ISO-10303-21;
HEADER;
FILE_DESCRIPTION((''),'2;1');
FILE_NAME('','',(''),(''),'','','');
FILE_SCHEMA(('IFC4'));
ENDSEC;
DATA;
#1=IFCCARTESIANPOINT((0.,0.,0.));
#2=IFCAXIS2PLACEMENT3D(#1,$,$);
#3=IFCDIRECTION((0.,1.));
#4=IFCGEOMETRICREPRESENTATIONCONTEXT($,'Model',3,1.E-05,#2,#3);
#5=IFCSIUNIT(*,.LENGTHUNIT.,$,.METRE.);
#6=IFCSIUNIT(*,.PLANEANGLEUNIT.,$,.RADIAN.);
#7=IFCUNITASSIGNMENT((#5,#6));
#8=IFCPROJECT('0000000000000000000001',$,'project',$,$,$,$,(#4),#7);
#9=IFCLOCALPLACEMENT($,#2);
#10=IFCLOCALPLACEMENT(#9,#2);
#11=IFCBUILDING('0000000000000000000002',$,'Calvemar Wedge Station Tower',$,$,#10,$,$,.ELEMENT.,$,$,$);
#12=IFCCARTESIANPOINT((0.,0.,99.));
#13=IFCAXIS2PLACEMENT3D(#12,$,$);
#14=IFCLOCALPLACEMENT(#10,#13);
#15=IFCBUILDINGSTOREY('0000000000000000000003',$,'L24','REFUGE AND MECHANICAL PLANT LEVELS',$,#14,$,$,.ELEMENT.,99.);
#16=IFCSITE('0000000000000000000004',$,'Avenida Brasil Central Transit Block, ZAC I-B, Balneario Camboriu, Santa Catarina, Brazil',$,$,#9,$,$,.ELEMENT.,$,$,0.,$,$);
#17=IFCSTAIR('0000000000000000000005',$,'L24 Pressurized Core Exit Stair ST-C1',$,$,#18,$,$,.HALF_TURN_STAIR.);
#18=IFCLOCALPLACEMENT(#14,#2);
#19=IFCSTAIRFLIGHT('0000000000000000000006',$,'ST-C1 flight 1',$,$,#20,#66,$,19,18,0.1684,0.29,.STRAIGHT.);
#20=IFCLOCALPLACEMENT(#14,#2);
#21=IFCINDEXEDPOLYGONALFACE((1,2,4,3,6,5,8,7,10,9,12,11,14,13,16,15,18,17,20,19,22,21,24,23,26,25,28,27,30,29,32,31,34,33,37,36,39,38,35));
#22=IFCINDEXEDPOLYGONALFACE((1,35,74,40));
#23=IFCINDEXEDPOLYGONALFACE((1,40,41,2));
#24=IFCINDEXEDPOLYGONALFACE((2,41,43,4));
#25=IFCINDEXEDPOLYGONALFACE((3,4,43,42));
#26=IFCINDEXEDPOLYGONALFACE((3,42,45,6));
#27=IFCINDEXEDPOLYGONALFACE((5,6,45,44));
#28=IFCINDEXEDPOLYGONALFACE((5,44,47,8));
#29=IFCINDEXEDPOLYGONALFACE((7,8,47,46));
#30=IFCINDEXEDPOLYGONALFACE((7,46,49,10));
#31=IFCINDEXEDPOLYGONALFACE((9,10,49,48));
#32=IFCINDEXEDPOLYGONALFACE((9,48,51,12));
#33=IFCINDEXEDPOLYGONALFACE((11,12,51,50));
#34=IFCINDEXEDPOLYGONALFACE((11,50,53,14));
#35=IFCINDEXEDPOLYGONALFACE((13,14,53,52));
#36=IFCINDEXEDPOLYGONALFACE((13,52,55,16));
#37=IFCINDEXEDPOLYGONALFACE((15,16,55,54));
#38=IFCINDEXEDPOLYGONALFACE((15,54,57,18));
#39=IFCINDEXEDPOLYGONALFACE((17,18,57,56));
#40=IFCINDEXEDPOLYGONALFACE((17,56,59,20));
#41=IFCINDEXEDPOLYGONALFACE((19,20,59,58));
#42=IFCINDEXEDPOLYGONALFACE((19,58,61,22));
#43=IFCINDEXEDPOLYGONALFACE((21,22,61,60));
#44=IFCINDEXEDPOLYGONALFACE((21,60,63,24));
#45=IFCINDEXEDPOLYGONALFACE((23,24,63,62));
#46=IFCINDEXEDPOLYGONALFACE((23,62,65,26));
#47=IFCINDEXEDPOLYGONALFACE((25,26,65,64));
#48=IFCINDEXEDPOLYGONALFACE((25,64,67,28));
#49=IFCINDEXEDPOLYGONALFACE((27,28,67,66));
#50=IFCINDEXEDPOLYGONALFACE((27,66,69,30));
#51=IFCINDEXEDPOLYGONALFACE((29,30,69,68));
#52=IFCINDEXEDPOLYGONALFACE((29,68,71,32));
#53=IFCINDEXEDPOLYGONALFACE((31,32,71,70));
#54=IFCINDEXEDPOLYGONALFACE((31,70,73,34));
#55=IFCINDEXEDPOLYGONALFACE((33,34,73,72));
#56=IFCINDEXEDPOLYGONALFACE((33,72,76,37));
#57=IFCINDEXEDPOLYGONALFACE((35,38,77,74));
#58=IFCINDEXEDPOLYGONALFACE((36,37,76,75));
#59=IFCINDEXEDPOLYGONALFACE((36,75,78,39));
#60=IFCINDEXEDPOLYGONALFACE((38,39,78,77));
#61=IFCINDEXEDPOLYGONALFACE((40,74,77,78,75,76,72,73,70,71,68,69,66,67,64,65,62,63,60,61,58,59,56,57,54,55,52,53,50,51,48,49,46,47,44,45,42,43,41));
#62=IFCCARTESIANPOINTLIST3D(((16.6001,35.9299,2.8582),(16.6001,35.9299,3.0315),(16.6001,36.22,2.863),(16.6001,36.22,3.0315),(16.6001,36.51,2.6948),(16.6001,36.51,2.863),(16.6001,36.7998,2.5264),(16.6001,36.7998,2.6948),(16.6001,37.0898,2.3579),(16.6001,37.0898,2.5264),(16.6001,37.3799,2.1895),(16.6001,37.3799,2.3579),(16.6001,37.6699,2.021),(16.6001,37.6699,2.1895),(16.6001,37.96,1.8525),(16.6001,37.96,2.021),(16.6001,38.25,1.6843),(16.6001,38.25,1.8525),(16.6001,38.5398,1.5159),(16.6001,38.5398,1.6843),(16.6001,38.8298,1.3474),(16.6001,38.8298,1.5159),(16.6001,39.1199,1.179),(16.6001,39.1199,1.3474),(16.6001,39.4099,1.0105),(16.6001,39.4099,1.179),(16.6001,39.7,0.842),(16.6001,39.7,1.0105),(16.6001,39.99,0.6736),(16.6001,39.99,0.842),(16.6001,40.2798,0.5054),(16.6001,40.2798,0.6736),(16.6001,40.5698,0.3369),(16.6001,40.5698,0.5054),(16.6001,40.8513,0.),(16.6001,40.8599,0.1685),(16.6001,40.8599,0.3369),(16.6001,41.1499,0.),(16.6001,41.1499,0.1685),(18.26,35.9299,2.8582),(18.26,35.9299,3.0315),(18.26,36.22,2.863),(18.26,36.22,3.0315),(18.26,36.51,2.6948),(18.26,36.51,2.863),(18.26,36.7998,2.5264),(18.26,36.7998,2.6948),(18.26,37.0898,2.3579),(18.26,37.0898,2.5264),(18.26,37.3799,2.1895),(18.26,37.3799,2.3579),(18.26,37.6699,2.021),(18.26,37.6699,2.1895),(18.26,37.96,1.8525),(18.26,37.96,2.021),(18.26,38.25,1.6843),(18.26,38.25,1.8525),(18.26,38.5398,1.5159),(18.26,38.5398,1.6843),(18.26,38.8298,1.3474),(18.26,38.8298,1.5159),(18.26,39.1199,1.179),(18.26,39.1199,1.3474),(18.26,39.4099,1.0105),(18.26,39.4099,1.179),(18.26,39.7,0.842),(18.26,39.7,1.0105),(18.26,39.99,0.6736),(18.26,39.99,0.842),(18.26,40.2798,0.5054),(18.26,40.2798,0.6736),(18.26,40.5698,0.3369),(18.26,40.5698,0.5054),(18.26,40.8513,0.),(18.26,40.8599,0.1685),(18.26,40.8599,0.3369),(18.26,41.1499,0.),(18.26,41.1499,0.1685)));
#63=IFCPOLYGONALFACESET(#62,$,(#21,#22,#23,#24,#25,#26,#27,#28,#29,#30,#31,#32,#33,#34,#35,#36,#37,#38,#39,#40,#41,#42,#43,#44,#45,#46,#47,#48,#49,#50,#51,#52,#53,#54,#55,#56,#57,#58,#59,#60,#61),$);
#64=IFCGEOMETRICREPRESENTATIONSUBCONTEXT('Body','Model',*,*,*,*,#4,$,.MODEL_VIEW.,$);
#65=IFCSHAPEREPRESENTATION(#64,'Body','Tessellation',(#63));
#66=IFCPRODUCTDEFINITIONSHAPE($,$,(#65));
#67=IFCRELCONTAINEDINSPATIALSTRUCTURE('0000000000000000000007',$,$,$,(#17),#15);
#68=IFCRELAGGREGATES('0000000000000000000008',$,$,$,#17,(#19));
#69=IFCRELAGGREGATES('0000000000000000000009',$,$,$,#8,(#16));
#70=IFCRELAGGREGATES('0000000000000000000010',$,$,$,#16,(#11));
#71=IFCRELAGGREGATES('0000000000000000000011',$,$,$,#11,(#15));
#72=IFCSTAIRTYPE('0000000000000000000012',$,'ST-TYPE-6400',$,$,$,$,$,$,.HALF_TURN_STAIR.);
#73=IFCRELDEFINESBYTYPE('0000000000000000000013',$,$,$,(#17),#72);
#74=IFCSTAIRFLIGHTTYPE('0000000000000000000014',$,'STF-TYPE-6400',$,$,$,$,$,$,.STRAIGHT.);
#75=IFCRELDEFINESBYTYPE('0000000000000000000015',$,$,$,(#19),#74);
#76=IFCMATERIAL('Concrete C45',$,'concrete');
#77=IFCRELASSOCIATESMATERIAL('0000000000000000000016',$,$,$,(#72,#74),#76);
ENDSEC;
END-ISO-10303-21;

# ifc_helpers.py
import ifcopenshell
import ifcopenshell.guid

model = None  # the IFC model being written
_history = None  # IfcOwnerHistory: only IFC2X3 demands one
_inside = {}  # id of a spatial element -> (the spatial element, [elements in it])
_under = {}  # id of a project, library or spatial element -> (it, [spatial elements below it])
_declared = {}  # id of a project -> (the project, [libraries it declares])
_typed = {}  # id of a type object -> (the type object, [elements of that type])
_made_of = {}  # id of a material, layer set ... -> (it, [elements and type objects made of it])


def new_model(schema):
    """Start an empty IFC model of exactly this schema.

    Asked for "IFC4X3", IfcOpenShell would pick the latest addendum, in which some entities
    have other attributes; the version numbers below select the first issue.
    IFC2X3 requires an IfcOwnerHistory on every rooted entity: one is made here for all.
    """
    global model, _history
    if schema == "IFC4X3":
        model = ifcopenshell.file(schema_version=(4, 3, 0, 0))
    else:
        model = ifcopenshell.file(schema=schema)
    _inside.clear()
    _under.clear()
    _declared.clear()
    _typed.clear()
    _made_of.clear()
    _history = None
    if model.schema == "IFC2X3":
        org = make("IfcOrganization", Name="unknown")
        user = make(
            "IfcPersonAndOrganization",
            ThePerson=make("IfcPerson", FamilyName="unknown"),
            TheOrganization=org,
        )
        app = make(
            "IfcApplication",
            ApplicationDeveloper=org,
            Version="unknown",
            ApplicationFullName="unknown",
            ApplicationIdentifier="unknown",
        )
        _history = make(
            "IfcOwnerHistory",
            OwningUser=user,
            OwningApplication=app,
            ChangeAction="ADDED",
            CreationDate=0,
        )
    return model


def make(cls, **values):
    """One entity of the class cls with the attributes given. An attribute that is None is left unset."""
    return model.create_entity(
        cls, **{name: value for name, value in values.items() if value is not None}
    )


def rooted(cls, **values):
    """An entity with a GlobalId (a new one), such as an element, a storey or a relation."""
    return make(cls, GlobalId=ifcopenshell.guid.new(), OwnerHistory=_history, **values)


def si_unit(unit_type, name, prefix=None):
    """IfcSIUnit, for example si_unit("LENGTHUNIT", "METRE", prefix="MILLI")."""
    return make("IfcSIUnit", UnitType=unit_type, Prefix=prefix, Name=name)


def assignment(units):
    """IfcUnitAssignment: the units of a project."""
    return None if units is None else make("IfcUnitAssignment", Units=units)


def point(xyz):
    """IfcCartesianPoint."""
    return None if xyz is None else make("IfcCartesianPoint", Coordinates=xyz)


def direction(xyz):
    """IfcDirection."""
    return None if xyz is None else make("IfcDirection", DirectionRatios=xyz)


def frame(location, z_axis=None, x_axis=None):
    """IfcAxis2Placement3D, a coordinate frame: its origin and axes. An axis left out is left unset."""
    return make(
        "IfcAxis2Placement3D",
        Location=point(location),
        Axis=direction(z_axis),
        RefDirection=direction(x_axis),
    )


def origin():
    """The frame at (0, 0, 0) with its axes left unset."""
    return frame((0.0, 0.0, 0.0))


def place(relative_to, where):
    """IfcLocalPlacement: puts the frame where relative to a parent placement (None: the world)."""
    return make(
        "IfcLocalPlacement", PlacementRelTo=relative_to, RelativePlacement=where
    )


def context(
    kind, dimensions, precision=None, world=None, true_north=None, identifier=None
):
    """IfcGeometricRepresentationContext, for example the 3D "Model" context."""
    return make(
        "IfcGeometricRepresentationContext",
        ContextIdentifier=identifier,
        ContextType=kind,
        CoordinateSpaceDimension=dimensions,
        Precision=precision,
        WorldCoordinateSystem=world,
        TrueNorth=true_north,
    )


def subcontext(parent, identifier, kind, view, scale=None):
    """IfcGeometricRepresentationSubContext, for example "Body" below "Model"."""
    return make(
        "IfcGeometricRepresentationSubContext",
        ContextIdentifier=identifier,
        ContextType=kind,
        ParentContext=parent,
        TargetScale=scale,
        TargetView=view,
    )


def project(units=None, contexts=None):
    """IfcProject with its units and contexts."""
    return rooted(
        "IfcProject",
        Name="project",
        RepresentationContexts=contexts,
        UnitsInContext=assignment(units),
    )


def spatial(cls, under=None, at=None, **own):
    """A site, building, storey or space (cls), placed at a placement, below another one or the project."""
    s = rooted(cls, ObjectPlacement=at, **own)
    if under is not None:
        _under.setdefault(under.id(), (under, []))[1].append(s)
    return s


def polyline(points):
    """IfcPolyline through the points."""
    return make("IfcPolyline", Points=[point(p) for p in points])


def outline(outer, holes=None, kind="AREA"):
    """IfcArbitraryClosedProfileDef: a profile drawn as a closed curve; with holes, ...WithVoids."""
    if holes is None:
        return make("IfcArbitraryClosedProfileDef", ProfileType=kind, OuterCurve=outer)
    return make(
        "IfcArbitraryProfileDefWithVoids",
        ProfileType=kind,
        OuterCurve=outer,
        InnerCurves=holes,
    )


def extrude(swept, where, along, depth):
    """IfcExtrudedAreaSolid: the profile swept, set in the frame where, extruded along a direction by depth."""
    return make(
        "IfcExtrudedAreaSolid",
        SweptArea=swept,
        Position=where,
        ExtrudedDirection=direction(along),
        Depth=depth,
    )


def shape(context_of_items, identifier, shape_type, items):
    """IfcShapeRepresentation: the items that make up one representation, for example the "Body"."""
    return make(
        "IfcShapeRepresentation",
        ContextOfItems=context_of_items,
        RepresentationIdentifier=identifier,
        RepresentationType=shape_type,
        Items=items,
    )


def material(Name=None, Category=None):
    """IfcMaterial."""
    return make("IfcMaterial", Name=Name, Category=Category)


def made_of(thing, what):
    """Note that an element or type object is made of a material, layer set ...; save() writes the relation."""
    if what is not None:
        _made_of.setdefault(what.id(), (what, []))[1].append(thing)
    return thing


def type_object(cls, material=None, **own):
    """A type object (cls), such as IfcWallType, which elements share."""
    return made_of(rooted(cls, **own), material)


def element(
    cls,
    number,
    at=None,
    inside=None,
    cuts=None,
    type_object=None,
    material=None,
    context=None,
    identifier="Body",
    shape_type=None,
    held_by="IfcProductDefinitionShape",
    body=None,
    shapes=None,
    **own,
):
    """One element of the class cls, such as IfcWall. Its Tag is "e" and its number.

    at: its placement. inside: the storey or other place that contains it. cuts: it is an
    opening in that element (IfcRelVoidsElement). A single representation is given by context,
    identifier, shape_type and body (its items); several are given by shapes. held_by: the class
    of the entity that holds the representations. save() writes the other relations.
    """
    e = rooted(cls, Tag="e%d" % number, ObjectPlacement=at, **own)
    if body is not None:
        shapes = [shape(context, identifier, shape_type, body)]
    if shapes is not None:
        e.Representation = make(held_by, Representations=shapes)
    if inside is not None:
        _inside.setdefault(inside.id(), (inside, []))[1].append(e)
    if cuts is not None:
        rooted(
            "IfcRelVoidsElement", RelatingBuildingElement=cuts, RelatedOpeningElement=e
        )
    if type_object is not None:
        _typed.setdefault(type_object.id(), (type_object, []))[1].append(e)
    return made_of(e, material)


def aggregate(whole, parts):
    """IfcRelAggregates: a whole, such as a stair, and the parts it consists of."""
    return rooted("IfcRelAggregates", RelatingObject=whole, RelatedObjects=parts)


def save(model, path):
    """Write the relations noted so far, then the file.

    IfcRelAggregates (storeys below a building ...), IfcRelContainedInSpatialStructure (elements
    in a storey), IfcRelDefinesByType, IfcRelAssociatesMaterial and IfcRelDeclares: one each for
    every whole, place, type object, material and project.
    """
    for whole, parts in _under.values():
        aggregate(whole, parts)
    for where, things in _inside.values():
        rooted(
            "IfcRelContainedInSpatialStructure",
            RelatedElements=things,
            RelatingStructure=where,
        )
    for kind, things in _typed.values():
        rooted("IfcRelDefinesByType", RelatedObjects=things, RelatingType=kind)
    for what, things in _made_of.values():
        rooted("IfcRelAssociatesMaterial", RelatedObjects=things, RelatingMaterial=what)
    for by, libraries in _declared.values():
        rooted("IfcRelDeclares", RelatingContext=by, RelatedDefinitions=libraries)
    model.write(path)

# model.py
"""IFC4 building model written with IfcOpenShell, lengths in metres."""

from ifc_helpers import new_model, si_unit, direction, frame, origin, place, context, subcontext, project, spatial, polyline, outline, extrude, material, type_object, element, aggregate, save


model = new_model("IFC4")

# Units and contexts
model_context = context("Model", 3, precision=1e-05, world=origin(), true_north=direction((0.0, 1.0)))
body_context = subcontext(model_context, "Body", "Model", "MODEL_VIEW")
ifc_project = project(units=[si_unit("LENGTHUNIT", "METRE"), si_unit("PLANEANGLEUNIT", "RADIAN")], contexts=[model_context])

# Site, building, storey
site_placement = place(None, origin())
site = spatial("IfcSite", under=ifc_project, at=site_placement, Name="Avenida Brasil Central Transit Block, ZAC I-B, Balneario Camboriu, Santa Catarina, Brazil", CompositionType="ELEMENT", RefElevation=0.0)
building_placement = place(site_placement, origin())
building = spatial("IfcBuilding", under=site, at=building_placement, Name="Calvemar Wedge Station Tower", CompositionType="ELEMENT")
storey_placement = place(building_placement, frame((0.0, 0.0, 99.0)))
storey = spatial("IfcBuildingStorey", under=building, at=storey_placement, Name="L24", Description="REFUGE AND MECHANICAL PLANT LEVELS", CompositionType="ELEMENT", Elevation=99.0)

# Stair, stair flight
ifc_material_1 = material(Name="Concrete C45", Category="concrete")
stair_type = type_object("IfcStairType", Name="ST-TYPE-6400", PredefinedType="HALF_TURN_STAIR", material=ifc_material_1)
stair_placement = place(storey_placement, origin())
stair = element("IfcStair", 1, at=stair_placement, inside=storey, type_object=stair_type, Name="L24 Pressurized Core Exit Stair ST-C1", PredefinedType="HALF_TURN_STAIR")
stair_flight_type = type_object("IfcStairFlightType", Name="STF-TYPE-6400", PredefinedType="STRAIGHT", material=ifc_material_1)
stair_flight_placement = place(storey_placement, frame((17.4299, 41.1499, 0.0), z_axis=(0.0, 0.0, 1.0), x_axis=(0.0, -1.0, 0.0)))
stair_flight = element("IfcStairFlight", 2, at=stair_flight_placement, type_object=stair_flight_type, Name="ST-C1 flight 1", NumberOfRisers=19, NumberOfTreads=18, PredefinedType="STRAIGHT", RiserHeight=0.1684, TreadLength=0.29, context=body_context, shape_type="SweptSolid", body=[
    extrude(outline(polyline([(0.0, 0.0), (0.0, 0.1685), (0.29, 0.1685), (0.29, 0.3369), (0.5801, 0.3369), (0.5801, 0.5054), (0.8701, 0.5054), (0.8701, 0.6736), (1.1599, 0.6736), (1.1599, 0.842), (1.45, 0.842), (1.45, 1.0105), (1.74, 1.0105), (1.74, 1.179), (2.03, 1.179), (2.03, 1.3474), (2.3201, 1.3474), (2.3201, 1.5159), (2.6101, 1.5159), (2.6101, 1.6843), (2.8999, 1.6843), (2.8999, 1.8525), (3.1899, 1.8525), (3.1899, 2.021), (3.48, 2.021), (3.48, 2.1895), (3.77, 2.1895), (3.77, 2.3579), (4.0601, 2.3579), (4.0601, 2.5264), (4.3501, 2.5264), (4.3501, 2.6948), (4.6399, 2.6948), (4.6399, 2.863), (4.9299, 2.863), (4.9299, 3.0315), (5.22, 3.0315), (5.22, 3.2), (5.22, 2.8582), (0.2986, 0.0), (0.0, 0.0)])), frame((0.0, 0.8301, 0.0), z_axis=(0.0, -1.0, 0.0), x_axis=(1.0, 0.0, 0.0)), (0.0, 0.0, 1.0), 1.6599),
])
aggregate(stair, [stair_flight])

save(model, "model.ifc")
